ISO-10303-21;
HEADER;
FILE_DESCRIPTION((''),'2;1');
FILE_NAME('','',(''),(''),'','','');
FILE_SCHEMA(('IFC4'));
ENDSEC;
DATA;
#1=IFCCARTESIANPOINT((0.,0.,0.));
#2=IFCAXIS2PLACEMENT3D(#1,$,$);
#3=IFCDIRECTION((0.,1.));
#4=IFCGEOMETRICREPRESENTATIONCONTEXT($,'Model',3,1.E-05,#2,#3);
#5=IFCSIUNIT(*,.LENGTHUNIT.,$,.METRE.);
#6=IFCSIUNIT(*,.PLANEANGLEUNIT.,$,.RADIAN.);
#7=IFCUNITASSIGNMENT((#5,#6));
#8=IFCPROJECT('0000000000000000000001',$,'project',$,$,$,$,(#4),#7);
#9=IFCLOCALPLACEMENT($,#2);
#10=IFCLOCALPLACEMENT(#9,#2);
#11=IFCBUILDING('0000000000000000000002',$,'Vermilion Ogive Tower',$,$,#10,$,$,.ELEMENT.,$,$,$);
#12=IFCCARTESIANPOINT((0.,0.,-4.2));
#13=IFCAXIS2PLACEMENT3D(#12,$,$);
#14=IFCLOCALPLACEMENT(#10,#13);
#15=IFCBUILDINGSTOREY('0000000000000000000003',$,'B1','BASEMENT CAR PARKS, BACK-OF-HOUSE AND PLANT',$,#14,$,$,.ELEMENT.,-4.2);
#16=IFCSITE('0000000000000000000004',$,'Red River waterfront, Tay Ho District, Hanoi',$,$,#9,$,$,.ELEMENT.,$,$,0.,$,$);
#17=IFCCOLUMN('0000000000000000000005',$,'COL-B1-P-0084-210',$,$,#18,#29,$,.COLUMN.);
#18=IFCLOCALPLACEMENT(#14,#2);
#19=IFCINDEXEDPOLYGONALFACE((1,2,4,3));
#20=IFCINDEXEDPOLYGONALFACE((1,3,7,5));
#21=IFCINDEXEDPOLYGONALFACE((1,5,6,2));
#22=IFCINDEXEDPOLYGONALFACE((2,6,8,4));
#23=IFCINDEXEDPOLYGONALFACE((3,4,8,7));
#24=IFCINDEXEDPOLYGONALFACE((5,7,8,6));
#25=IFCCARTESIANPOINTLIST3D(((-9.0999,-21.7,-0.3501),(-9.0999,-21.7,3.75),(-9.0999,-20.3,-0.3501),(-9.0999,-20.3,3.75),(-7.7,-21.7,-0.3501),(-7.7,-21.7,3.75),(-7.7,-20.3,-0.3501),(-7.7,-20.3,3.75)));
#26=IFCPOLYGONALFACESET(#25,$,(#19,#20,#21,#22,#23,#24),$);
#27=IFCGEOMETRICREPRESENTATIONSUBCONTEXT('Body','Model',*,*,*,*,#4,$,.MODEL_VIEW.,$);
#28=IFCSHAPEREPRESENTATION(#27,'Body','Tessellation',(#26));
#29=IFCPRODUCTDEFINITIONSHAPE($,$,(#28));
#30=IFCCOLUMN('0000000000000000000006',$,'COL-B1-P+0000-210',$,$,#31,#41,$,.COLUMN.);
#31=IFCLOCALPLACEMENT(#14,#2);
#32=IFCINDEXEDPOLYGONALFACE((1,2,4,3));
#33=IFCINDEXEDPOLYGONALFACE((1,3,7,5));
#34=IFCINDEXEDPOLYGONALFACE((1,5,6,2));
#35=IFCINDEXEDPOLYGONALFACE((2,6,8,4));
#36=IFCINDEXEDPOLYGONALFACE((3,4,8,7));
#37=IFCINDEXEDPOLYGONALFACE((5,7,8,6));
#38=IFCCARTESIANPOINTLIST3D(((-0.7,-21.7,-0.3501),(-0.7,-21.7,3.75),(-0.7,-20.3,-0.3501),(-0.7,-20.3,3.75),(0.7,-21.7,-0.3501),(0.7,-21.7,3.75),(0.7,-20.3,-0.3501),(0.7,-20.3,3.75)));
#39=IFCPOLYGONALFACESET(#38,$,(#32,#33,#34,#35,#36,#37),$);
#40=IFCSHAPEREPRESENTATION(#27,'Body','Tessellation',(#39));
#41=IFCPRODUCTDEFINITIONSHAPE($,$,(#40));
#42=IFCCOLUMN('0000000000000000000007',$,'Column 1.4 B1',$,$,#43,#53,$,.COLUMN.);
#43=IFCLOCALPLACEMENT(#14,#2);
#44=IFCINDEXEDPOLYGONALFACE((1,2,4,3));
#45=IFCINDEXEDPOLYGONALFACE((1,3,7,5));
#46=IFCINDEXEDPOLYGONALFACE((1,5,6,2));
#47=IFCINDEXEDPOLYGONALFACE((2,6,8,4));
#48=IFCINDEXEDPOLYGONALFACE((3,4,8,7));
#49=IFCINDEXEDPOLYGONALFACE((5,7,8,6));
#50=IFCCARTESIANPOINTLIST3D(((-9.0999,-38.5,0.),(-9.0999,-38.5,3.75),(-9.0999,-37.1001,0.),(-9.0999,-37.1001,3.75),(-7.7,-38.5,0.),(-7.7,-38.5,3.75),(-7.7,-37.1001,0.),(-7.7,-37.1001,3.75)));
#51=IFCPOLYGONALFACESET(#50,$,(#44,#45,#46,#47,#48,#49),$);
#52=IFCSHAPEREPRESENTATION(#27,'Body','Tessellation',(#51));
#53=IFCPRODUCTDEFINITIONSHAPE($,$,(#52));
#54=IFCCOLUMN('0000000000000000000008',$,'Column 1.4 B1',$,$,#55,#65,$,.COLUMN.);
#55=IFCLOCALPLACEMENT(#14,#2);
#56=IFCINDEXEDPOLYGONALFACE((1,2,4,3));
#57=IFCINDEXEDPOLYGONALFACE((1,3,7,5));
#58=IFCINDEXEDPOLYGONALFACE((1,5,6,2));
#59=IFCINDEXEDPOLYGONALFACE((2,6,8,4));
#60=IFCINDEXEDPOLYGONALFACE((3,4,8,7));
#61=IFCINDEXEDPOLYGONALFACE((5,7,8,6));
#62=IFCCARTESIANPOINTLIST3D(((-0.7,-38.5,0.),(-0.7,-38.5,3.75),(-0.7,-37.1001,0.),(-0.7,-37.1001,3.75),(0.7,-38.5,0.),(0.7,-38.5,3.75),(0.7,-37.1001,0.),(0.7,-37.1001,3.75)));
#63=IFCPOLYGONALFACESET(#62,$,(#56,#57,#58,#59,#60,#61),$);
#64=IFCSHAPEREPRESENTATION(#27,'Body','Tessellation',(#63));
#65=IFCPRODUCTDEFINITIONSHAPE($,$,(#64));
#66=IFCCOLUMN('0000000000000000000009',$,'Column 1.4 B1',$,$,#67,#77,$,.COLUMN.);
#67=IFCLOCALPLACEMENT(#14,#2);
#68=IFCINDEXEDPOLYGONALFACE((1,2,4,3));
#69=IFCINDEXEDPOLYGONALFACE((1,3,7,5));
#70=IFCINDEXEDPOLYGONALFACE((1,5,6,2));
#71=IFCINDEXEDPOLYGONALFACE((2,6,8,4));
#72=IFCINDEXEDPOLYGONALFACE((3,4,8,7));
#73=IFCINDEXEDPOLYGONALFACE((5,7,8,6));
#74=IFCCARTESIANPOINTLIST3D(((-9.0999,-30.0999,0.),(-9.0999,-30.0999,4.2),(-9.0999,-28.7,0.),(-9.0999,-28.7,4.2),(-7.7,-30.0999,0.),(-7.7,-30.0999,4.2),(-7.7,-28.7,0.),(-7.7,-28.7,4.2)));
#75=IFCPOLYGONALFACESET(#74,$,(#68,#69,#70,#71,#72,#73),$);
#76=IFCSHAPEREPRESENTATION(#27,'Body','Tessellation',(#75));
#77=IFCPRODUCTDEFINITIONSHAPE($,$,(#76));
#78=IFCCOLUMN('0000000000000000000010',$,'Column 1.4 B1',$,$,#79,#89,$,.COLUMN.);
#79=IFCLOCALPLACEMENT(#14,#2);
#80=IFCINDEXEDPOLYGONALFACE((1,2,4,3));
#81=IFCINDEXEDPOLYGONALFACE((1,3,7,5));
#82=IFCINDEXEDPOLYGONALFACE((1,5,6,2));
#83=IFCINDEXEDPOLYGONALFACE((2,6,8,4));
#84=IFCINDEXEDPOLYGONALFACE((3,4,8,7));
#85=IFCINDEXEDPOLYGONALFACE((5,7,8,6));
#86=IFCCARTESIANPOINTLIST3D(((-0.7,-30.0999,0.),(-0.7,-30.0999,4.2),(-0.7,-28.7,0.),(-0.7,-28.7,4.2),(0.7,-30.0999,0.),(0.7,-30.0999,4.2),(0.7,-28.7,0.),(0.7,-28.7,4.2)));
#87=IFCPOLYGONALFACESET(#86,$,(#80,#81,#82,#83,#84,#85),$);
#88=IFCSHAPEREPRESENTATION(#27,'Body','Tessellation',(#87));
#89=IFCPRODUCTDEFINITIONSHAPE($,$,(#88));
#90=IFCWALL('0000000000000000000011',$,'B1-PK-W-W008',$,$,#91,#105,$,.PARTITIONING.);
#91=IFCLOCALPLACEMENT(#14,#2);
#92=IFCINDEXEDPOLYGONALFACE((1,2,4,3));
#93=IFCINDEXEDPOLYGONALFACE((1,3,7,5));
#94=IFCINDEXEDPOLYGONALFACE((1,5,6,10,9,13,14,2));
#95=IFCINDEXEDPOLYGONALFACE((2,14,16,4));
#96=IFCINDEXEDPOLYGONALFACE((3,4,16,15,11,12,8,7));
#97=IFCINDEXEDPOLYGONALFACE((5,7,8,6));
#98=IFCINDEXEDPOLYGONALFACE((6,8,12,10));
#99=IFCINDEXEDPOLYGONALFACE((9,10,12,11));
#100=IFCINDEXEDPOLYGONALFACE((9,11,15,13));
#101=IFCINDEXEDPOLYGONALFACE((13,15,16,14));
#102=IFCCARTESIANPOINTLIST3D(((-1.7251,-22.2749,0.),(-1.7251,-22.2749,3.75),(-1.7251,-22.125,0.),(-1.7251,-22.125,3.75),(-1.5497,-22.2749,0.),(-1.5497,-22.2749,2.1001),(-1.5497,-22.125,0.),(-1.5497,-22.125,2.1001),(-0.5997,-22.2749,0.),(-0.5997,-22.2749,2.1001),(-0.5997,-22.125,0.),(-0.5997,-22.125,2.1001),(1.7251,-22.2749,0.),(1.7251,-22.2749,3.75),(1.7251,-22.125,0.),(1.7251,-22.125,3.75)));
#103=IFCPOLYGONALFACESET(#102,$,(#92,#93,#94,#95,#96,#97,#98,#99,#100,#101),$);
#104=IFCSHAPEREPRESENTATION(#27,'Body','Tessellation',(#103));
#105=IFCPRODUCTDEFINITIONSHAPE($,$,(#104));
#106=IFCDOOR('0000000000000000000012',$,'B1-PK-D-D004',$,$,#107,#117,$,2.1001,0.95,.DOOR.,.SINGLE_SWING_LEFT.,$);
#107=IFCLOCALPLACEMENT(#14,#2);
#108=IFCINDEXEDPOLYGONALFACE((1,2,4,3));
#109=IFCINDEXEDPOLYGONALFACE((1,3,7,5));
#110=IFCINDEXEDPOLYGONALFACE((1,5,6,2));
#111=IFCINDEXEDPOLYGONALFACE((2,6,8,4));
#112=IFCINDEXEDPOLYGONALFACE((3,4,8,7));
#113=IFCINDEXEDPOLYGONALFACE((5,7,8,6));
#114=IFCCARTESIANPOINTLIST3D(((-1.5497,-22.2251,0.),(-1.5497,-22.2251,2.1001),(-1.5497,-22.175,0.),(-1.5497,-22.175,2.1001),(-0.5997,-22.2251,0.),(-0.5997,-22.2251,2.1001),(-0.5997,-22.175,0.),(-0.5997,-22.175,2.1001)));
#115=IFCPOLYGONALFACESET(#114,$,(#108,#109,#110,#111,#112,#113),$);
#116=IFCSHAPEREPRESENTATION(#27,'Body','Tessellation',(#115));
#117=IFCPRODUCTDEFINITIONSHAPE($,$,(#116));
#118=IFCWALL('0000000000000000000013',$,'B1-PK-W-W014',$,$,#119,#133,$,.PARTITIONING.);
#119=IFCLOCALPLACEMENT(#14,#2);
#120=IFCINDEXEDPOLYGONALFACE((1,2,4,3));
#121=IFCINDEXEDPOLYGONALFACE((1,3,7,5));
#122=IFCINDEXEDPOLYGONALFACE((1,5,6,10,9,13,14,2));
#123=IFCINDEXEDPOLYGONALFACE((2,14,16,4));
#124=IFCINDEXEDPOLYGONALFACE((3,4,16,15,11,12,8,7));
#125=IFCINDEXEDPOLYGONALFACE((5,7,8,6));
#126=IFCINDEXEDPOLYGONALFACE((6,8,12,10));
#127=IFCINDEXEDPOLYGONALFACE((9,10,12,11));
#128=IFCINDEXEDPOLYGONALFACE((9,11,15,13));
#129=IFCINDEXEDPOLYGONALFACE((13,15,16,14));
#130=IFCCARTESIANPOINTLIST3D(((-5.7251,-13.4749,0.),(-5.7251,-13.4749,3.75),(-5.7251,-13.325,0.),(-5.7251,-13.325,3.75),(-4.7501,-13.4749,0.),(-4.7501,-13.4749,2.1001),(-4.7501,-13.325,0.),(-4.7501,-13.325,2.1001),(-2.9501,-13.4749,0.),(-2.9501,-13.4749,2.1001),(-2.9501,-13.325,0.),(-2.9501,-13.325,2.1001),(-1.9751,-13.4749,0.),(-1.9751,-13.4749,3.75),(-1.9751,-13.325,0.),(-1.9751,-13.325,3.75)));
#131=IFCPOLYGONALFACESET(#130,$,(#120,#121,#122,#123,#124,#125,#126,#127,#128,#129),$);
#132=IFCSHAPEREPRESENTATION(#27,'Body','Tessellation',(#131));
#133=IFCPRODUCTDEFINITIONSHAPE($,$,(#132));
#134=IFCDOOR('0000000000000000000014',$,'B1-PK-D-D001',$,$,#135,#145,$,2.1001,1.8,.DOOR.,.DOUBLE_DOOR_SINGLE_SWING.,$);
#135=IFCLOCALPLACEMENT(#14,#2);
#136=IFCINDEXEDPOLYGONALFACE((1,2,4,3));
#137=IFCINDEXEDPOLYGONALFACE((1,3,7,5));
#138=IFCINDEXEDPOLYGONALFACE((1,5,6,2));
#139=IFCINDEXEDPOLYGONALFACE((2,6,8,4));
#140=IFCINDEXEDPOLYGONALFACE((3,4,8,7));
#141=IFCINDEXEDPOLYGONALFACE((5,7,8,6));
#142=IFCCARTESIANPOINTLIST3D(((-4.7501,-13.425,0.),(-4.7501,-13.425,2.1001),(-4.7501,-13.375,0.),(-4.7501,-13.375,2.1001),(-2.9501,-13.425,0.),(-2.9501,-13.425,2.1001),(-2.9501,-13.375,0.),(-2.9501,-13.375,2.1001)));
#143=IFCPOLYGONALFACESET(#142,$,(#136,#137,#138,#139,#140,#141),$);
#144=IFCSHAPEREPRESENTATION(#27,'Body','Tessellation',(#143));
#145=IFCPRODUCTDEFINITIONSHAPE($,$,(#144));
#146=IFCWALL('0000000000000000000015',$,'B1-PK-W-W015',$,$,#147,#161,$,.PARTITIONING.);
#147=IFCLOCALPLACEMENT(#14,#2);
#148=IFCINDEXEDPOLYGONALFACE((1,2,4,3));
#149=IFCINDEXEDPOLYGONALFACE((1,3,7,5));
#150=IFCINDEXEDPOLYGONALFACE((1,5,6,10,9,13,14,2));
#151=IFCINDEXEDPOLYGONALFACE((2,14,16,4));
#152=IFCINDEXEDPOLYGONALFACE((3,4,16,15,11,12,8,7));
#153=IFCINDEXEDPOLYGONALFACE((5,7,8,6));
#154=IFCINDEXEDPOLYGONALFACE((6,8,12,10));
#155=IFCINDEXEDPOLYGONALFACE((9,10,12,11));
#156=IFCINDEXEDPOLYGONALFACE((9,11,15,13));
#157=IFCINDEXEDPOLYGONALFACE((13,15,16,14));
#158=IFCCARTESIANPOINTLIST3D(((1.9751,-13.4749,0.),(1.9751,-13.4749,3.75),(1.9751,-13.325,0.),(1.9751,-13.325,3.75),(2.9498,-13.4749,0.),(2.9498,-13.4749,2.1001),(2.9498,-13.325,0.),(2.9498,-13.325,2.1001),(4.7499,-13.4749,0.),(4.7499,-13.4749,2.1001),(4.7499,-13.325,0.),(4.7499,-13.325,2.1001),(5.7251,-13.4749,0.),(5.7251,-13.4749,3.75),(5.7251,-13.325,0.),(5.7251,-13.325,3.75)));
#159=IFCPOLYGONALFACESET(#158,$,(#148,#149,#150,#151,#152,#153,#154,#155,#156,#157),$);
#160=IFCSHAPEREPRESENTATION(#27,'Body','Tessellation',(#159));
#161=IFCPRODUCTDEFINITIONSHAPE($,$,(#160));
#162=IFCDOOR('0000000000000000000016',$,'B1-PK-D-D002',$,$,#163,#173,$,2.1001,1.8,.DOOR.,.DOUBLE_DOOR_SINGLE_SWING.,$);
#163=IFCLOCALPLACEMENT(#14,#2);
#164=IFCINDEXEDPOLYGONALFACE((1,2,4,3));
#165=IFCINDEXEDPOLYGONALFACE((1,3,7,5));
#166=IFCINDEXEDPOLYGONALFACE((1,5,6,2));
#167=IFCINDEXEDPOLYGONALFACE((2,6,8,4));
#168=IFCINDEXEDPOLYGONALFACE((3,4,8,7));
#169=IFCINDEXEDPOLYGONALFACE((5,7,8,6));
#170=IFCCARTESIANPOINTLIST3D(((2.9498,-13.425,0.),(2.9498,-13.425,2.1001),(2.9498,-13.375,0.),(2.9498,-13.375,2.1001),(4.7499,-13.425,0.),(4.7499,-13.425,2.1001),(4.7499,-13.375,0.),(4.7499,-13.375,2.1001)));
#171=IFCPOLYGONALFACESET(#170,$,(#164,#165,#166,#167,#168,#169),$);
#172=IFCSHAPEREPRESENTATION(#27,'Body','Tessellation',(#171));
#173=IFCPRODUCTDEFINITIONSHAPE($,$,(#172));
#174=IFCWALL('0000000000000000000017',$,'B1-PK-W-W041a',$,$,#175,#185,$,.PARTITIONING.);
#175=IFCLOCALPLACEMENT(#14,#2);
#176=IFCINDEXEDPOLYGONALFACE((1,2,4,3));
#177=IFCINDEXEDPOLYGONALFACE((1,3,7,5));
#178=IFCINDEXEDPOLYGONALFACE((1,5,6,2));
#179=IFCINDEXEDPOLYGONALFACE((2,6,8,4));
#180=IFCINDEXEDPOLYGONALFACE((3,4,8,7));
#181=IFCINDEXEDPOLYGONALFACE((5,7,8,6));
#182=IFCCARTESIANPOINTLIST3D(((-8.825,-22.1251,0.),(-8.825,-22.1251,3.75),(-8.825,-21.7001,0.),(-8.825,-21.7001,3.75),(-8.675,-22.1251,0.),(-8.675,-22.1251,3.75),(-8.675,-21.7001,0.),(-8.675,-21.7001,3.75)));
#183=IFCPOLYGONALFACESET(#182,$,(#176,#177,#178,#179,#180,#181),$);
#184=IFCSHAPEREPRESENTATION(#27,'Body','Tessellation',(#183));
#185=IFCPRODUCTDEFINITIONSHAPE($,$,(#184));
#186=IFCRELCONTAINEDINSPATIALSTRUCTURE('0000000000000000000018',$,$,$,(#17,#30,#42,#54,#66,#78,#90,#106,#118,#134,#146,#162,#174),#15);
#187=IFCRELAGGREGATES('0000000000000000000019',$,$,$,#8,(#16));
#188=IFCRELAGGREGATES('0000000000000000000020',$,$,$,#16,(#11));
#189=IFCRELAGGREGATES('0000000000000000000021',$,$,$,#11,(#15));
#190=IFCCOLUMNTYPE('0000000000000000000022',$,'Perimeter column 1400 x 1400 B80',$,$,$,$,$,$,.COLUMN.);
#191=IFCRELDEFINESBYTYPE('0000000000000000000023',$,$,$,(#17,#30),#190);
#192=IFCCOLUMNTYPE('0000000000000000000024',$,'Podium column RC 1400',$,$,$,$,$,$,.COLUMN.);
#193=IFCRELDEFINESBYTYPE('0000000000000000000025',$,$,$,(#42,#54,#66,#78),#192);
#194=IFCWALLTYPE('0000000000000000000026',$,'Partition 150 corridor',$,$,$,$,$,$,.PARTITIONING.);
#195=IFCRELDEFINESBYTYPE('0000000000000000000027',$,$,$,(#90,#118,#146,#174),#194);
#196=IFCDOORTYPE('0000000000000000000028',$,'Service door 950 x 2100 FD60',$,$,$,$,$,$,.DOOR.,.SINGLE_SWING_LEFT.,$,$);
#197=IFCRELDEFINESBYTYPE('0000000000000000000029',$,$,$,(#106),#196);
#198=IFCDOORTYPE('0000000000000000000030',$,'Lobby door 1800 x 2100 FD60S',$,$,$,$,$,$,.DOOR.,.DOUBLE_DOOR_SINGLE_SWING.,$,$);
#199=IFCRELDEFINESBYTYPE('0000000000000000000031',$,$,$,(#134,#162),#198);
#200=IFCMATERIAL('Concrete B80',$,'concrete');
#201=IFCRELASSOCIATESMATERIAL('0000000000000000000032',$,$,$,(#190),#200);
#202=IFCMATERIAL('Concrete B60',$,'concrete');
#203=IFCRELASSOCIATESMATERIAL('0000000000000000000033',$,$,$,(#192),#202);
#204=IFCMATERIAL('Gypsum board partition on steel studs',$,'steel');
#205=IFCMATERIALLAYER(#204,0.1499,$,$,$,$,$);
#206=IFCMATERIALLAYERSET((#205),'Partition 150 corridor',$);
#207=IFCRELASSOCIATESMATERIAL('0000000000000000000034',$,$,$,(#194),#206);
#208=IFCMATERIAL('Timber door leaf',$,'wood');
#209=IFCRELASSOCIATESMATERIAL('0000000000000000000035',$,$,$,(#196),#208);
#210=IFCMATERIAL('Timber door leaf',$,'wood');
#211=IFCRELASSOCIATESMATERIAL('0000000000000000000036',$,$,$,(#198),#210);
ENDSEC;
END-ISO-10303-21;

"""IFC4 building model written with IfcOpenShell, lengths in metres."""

from ifc_helpers import new_model, si_unit, direction, frame, frame_2d, origin, origin_2d, place, context, subcontext, project, spatial, rectangle, extrude, material, layer, layer_set, material_profile, profile_set, type_object, element, fill, save


model = new_model("IFC4")

# Units and contexts
model_context = context("Model", 3, precision=1e-05, world=origin(), true_north=direction((0.0, 1.0)))
body_context = subcontext(model_context, "Body", "Model", "MODEL_VIEW")
ifc_project = project(units=[si_unit("LENGTHUNIT", "METRE"), si_unit("PLANEANGLEUNIT", "RADIAN")], contexts=[model_context])

# Site, building, storey
site_placement = place(None, origin())
site = spatial("IfcSite", under=ifc_project, at=site_placement, Name="Red River waterfront, Tay Ho District, Hanoi", CompositionType="ELEMENT", RefElevation=0.0)
building_placement = place(site_placement, origin())
building = spatial("IfcBuilding", under=site, at=building_placement, Name="Vermilion Ogive Tower", CompositionType="ELEMENT")
storey_placement = place(building_placement, frame((0.0, 0.0, -4.2)))
storey = spatial("IfcBuildingStorey", under=building, at=storey_placement, Name="B1", Description="BASEMENT CAR PARKS, BACK-OF-HOUSE AND PLANT", CompositionType="ELEMENT", Elevation=-4.2)

# Columns
ifc_material_1 = material(Name="Concrete B80", Category="concrete")
ifc_material_profile_1 = material_profile(ifc_material_1, rectangle(XDim=1.3999, YDim=1.3999, at=origin_2d()), Name="1400 x 1400")
ifc_profile_set_1 = profile_set([ifc_material_profile_1], Name="Concrete B80")
column_type_1 = type_object("IfcColumnType", Name="Perimeter column 1400 x 1400 B80", PredefinedType="COLUMN", material=ifc_profile_set_1)
for number, where, z_axis, x_axis, name in (
    (1, (-8.3999, -21.0, -0.3501), (0.0, 0.0, 1.0), (1.0, 0.0, 0.0), "COL-B1-P-0084-210"),
    (2, (0.0, -21.0, -0.3501), (0.0, 0.0, 1.0), (1.0, 0.0, 0.0), "COL-B1-P+0000-210"),
):
    element("IfcColumn", number, at=place(storey_placement, frame(where, z_axis=z_axis, x_axis=x_axis)), inside=storey, type_object=column_type_1, Name=name, PredefinedType="COLUMN", context=body_context, shape_type="SweptSolid", body=[
        extrude(rectangle(XDim=1.3999, YDim=1.3999, at=origin_2d()), origin(), (0.0, 0.0, 1.0), 4.1001),
    ])
ifc_material_2 = material(Name="Concrete B60", Category="concrete")
ifc_material_profile_2 = material_profile(ifc_material_2, rectangle(XDim=1.3999, YDim=1.3999, at=origin_2d()), Name="RC 1400x1400")
ifc_profile_set_2 = profile_set([ifc_material_profile_2], Name="Concrete B60")
column_type_2 = type_object("IfcColumnType", Name="Podium column RC 1400", PredefinedType="COLUMN", material=ifc_profile_set_2)
for number, where, z_axis, x_axis, name in (
    (3, (-8.3999, -37.8, 0.0), (0.0, 0.0, 1.0), (1.0, 0.0, 0.0), "Column 1.4 B1"),
    (4, (0.0, -37.8, 0.0), (0.0, 0.0, 1.0), (1.0, 0.0, 0.0), "Column 1.4 B1"),
):
    element("IfcColumn", number, at=place(storey_placement, frame(where, z_axis=z_axis, x_axis=x_axis)), inside=storey, type_object=column_type_2, Name=name, PredefinedType="COLUMN", context=body_context, shape_type="SweptSolid", body=[
        extrude(rectangle(XDim=1.3999, YDim=1.3999, at=origin_2d()), origin(), (0.0, 0.0, 1.0), 3.75),
    ])
for number, where, z_axis, x_axis, name in (
    (5, (-8.3999, -29.3999, 0.0), (0.0, 0.0, 1.0), (1.0, 0.0, 0.0), "Column 1.4 B1"),
    (6, (0.0, -29.3999, 0.0), (0.0, 0.0, 1.0), (1.0, 0.0, 0.0), "Column 1.4 B1"),
):
    element("IfcColumn", number, at=place(storey_placement, frame(where, z_axis=z_axis, x_axis=x_axis)), inside=storey, type_object=column_type_2, Name=name, PredefinedType="COLUMN", context=body_context, shape_type="SweptSolid", body=[
        extrude(rectangle(XDim=1.3999, YDim=1.3999, at=origin_2d()), origin(), (0.0, 0.0, 1.0), 4.2),
    ])

# Walls, openings, doors
ifc_material_3 = material(Name="Gypsum board partition on steel studs", Category="steel")
ifc_layer_1 = layer(ifc_material_3, 0.1499)
ifc_layer_set_1 = layer_set([ifc_layer_1], Name="Partition 150 corridor")
wall_type_1 = type_object("IfcWallType", Name="Partition 150 corridor", PredefinedType="PARTITIONING", material=ifc_layer_set_1)
wall_1_placement = place(storey_placement, frame((-1.7251, -22.2, 0.0), z_axis=(0.0, 0.0, 1.0), x_axis=(1.0, 0.0, 0.0)))
wall_1 = element("IfcWall", 7, at=wall_1_placement, inside=storey, type_object=wall_type_1, Name="B1-PK-W-W008", PredefinedType="PARTITIONING", context=body_context, shape_type="SweptSolid", body=[
    extrude(rectangle(XDim=3.4502, YDim=0.1499, at=frame_2d((1.7251, 0.0))), origin(), (0.0, 0.0, 1.0), 3.75),
])
opening_1_placement = place(wall_1_placement, frame((0.1753, 0.0, 0.0)))
opening_1 = element("IfcOpeningElement", 8, at=opening_1_placement, cuts=wall_1, PredefinedType="OPENING", context=body_context, shape_type="SweptSolid", body=[
    extrude(rectangle(XDim=0.95, YDim=2.1001, at=frame_2d((0.4751, 1.05))), frame((0.0, 0.085, 0.0), z_axis=(0.0, -1.0, 0.0), x_axis=(1.0, 0.0, 0.0)), (0.0, 0.0, 1.0), 0.1699),
])
ifc_material_4 = material(Name="Timber door leaf", Category="wood")
door_type_1 = type_object("IfcDoorType", Name="Service door 950 x 2100 FD60", OperationType="SINGLE_SWING_LEFT", PredefinedType="DOOR", material=ifc_material_4)
door_1_placement = place(opening_1_placement, origin())
door_1 = element("IfcDoor", 9, at=door_1_placement, inside=storey, type_object=door_type_1, Name="B1-PK-D-D004", OperationType="SINGLE_SWING_LEFT", OverallHeight=2.1001, OverallWidth=0.95, PredefinedType="DOOR", context=body_context, shape_type="SweptSolid", body=[
    extrude(rectangle(XDim=0.95, YDim=2.1001, at=frame_2d((0.4751, 1.05))), frame((0.0, 0.0249, 0.0), z_axis=(0.0, -1.0, 0.0), x_axis=(1.0, 0.0, 0.0)), (0.0, 0.0, 1.0), 0.05),
])
fill(opening_1, door_1)
wall_2_placement = place(storey_placement, frame((-5.7251, -13.3999, 0.0), z_axis=(0.0, 0.0, 1.0), x_axis=(1.0, 0.0, 0.0)))
wall_2 = element("IfcWall", 10, at=wall_2_placement, inside=storey, type_object=wall_type_1, Name="B1-PK-W-W014", PredefinedType="PARTITIONING", context=body_context, shape_type="SweptSolid", body=[
    extrude(rectangle(XDim=3.75, YDim=0.1499, at=frame_2d((1.875, 0.0))), origin(), (0.0, 0.0, 1.0), 3.75),
])
opening_2_placement = place(wall_2_placement, frame((0.9751, 0.0, 0.0)))
opening_2 = element("IfcOpeningElement", 11, at=opening_2_placement, cuts=wall_2, PredefinedType="OPENING", context=body_context, shape_type="SweptSolid", body=[
    extrude(rectangle(XDim=1.8, YDim=2.1001, at=frame_2d((0.8999, 1.05))), frame((0.0, 0.085, 0.0), z_axis=(0.0, -1.0, 0.0), x_axis=(1.0, 0.0, 0.0)), (0.0, 0.0, 1.0), 0.1699),
])
ifc_material_5 = material(Name="Timber door leaf", Category="wood")
door_type_2 = type_object("IfcDoorType", Name="Lobby door 1800 x 2100 FD60S", OperationType="DOUBLE_DOOR_SINGLE_SWING", PredefinedType="DOOR", material=ifc_material_5)
door_2_placement = place(opening_2_placement, origin())
door_2 = element("IfcDoor", 12, at=door_2_placement, inside=storey, type_object=door_type_2, Name="B1-PK-D-D001", OperationType="DOUBLE_DOOR_SINGLE_SWING", OverallHeight=2.1001, OverallWidth=1.8, PredefinedType="DOOR", context=body_context, shape_type="SweptSolid", body=[
    extrude(rectangle(XDim=1.8, YDim=2.1001, at=frame_2d((0.8999, 1.05))), frame((0.0, 0.0249, 0.0), z_axis=(0.0, -1.0, 0.0), x_axis=(1.0, 0.0, 0.0)), (0.0, 0.0, 1.0), 0.05),
])
fill(opening_2, door_2)
wall_3_placement = place(storey_placement, frame((1.9751, -13.3999, 0.0), z_axis=(0.0, 0.0, 1.0), x_axis=(1.0, 0.0, 0.0)))
wall_3 = element("IfcWall", 13, at=wall_3_placement, inside=storey, type_object=wall_type_1, Name="B1-PK-W-W015", PredefinedType="PARTITIONING", context=body_context, shape_type="SweptSolid", body=[
    extrude(rectangle(XDim=3.75, YDim=0.1499, at=frame_2d((1.875, 0.0))), origin(), (0.0, 0.0, 1.0), 3.75),
])
opening_3_placement = place(wall_3_placement, frame((0.9749, 0.0, 0.0)))
opening_3 = element("IfcOpeningElement", 14, at=opening_3_placement, cuts=wall_3, PredefinedType="OPENING", context=body_context, shape_type="SweptSolid", body=[
    extrude(rectangle(XDim=1.8, YDim=2.1001, at=frame_2d((0.8999, 1.05))), frame((0.0, 0.085, 0.0), z_axis=(0.0, -1.0, 0.0), x_axis=(1.0, 0.0, 0.0)), (0.0, 0.0, 1.0), 0.1699),
])
door_3_placement = place(opening_3_placement, origin())
door_3 = element("IfcDoor", 15, at=door_3_placement, inside=storey, type_object=door_type_2, Name="B1-PK-D-D002", OperationType="DOUBLE_DOOR_SINGLE_SWING", OverallHeight=2.1001, OverallWidth=1.8, PredefinedType="DOOR", context=body_context, shape_type="SweptSolid", body=[
    extrude(rectangle(XDim=1.8, YDim=2.1001, at=frame_2d((0.8999, 1.05))), frame((0.0, 0.0249, 0.0), z_axis=(0.0, -1.0, 0.0), x_axis=(1.0, 0.0, 0.0)), (0.0, 0.0, 1.0), 0.05),
])
fill(opening_3, door_3)

# Wall
wall_4_placement = place(storey_placement, frame((-8.75, -22.125, 0.0), z_axis=(0.0, 0.0, 1.0), x_axis=(0.0, 1.0, 0.0)))
element("IfcWall", 16, at=wall_4_placement, inside=storey, type_object=wall_type_1, Name="B1-PK-W-W041a", PredefinedType="PARTITIONING", context=body_context, shape_type="SweptSolid", body=[
    extrude(rectangle(XDim=0.425, YDim=0.1499, at=frame_2d((0.2124, 0.0))), origin(), (0.0, 0.0, 1.0), 3.75),
])

save(model, "model.ifc")
